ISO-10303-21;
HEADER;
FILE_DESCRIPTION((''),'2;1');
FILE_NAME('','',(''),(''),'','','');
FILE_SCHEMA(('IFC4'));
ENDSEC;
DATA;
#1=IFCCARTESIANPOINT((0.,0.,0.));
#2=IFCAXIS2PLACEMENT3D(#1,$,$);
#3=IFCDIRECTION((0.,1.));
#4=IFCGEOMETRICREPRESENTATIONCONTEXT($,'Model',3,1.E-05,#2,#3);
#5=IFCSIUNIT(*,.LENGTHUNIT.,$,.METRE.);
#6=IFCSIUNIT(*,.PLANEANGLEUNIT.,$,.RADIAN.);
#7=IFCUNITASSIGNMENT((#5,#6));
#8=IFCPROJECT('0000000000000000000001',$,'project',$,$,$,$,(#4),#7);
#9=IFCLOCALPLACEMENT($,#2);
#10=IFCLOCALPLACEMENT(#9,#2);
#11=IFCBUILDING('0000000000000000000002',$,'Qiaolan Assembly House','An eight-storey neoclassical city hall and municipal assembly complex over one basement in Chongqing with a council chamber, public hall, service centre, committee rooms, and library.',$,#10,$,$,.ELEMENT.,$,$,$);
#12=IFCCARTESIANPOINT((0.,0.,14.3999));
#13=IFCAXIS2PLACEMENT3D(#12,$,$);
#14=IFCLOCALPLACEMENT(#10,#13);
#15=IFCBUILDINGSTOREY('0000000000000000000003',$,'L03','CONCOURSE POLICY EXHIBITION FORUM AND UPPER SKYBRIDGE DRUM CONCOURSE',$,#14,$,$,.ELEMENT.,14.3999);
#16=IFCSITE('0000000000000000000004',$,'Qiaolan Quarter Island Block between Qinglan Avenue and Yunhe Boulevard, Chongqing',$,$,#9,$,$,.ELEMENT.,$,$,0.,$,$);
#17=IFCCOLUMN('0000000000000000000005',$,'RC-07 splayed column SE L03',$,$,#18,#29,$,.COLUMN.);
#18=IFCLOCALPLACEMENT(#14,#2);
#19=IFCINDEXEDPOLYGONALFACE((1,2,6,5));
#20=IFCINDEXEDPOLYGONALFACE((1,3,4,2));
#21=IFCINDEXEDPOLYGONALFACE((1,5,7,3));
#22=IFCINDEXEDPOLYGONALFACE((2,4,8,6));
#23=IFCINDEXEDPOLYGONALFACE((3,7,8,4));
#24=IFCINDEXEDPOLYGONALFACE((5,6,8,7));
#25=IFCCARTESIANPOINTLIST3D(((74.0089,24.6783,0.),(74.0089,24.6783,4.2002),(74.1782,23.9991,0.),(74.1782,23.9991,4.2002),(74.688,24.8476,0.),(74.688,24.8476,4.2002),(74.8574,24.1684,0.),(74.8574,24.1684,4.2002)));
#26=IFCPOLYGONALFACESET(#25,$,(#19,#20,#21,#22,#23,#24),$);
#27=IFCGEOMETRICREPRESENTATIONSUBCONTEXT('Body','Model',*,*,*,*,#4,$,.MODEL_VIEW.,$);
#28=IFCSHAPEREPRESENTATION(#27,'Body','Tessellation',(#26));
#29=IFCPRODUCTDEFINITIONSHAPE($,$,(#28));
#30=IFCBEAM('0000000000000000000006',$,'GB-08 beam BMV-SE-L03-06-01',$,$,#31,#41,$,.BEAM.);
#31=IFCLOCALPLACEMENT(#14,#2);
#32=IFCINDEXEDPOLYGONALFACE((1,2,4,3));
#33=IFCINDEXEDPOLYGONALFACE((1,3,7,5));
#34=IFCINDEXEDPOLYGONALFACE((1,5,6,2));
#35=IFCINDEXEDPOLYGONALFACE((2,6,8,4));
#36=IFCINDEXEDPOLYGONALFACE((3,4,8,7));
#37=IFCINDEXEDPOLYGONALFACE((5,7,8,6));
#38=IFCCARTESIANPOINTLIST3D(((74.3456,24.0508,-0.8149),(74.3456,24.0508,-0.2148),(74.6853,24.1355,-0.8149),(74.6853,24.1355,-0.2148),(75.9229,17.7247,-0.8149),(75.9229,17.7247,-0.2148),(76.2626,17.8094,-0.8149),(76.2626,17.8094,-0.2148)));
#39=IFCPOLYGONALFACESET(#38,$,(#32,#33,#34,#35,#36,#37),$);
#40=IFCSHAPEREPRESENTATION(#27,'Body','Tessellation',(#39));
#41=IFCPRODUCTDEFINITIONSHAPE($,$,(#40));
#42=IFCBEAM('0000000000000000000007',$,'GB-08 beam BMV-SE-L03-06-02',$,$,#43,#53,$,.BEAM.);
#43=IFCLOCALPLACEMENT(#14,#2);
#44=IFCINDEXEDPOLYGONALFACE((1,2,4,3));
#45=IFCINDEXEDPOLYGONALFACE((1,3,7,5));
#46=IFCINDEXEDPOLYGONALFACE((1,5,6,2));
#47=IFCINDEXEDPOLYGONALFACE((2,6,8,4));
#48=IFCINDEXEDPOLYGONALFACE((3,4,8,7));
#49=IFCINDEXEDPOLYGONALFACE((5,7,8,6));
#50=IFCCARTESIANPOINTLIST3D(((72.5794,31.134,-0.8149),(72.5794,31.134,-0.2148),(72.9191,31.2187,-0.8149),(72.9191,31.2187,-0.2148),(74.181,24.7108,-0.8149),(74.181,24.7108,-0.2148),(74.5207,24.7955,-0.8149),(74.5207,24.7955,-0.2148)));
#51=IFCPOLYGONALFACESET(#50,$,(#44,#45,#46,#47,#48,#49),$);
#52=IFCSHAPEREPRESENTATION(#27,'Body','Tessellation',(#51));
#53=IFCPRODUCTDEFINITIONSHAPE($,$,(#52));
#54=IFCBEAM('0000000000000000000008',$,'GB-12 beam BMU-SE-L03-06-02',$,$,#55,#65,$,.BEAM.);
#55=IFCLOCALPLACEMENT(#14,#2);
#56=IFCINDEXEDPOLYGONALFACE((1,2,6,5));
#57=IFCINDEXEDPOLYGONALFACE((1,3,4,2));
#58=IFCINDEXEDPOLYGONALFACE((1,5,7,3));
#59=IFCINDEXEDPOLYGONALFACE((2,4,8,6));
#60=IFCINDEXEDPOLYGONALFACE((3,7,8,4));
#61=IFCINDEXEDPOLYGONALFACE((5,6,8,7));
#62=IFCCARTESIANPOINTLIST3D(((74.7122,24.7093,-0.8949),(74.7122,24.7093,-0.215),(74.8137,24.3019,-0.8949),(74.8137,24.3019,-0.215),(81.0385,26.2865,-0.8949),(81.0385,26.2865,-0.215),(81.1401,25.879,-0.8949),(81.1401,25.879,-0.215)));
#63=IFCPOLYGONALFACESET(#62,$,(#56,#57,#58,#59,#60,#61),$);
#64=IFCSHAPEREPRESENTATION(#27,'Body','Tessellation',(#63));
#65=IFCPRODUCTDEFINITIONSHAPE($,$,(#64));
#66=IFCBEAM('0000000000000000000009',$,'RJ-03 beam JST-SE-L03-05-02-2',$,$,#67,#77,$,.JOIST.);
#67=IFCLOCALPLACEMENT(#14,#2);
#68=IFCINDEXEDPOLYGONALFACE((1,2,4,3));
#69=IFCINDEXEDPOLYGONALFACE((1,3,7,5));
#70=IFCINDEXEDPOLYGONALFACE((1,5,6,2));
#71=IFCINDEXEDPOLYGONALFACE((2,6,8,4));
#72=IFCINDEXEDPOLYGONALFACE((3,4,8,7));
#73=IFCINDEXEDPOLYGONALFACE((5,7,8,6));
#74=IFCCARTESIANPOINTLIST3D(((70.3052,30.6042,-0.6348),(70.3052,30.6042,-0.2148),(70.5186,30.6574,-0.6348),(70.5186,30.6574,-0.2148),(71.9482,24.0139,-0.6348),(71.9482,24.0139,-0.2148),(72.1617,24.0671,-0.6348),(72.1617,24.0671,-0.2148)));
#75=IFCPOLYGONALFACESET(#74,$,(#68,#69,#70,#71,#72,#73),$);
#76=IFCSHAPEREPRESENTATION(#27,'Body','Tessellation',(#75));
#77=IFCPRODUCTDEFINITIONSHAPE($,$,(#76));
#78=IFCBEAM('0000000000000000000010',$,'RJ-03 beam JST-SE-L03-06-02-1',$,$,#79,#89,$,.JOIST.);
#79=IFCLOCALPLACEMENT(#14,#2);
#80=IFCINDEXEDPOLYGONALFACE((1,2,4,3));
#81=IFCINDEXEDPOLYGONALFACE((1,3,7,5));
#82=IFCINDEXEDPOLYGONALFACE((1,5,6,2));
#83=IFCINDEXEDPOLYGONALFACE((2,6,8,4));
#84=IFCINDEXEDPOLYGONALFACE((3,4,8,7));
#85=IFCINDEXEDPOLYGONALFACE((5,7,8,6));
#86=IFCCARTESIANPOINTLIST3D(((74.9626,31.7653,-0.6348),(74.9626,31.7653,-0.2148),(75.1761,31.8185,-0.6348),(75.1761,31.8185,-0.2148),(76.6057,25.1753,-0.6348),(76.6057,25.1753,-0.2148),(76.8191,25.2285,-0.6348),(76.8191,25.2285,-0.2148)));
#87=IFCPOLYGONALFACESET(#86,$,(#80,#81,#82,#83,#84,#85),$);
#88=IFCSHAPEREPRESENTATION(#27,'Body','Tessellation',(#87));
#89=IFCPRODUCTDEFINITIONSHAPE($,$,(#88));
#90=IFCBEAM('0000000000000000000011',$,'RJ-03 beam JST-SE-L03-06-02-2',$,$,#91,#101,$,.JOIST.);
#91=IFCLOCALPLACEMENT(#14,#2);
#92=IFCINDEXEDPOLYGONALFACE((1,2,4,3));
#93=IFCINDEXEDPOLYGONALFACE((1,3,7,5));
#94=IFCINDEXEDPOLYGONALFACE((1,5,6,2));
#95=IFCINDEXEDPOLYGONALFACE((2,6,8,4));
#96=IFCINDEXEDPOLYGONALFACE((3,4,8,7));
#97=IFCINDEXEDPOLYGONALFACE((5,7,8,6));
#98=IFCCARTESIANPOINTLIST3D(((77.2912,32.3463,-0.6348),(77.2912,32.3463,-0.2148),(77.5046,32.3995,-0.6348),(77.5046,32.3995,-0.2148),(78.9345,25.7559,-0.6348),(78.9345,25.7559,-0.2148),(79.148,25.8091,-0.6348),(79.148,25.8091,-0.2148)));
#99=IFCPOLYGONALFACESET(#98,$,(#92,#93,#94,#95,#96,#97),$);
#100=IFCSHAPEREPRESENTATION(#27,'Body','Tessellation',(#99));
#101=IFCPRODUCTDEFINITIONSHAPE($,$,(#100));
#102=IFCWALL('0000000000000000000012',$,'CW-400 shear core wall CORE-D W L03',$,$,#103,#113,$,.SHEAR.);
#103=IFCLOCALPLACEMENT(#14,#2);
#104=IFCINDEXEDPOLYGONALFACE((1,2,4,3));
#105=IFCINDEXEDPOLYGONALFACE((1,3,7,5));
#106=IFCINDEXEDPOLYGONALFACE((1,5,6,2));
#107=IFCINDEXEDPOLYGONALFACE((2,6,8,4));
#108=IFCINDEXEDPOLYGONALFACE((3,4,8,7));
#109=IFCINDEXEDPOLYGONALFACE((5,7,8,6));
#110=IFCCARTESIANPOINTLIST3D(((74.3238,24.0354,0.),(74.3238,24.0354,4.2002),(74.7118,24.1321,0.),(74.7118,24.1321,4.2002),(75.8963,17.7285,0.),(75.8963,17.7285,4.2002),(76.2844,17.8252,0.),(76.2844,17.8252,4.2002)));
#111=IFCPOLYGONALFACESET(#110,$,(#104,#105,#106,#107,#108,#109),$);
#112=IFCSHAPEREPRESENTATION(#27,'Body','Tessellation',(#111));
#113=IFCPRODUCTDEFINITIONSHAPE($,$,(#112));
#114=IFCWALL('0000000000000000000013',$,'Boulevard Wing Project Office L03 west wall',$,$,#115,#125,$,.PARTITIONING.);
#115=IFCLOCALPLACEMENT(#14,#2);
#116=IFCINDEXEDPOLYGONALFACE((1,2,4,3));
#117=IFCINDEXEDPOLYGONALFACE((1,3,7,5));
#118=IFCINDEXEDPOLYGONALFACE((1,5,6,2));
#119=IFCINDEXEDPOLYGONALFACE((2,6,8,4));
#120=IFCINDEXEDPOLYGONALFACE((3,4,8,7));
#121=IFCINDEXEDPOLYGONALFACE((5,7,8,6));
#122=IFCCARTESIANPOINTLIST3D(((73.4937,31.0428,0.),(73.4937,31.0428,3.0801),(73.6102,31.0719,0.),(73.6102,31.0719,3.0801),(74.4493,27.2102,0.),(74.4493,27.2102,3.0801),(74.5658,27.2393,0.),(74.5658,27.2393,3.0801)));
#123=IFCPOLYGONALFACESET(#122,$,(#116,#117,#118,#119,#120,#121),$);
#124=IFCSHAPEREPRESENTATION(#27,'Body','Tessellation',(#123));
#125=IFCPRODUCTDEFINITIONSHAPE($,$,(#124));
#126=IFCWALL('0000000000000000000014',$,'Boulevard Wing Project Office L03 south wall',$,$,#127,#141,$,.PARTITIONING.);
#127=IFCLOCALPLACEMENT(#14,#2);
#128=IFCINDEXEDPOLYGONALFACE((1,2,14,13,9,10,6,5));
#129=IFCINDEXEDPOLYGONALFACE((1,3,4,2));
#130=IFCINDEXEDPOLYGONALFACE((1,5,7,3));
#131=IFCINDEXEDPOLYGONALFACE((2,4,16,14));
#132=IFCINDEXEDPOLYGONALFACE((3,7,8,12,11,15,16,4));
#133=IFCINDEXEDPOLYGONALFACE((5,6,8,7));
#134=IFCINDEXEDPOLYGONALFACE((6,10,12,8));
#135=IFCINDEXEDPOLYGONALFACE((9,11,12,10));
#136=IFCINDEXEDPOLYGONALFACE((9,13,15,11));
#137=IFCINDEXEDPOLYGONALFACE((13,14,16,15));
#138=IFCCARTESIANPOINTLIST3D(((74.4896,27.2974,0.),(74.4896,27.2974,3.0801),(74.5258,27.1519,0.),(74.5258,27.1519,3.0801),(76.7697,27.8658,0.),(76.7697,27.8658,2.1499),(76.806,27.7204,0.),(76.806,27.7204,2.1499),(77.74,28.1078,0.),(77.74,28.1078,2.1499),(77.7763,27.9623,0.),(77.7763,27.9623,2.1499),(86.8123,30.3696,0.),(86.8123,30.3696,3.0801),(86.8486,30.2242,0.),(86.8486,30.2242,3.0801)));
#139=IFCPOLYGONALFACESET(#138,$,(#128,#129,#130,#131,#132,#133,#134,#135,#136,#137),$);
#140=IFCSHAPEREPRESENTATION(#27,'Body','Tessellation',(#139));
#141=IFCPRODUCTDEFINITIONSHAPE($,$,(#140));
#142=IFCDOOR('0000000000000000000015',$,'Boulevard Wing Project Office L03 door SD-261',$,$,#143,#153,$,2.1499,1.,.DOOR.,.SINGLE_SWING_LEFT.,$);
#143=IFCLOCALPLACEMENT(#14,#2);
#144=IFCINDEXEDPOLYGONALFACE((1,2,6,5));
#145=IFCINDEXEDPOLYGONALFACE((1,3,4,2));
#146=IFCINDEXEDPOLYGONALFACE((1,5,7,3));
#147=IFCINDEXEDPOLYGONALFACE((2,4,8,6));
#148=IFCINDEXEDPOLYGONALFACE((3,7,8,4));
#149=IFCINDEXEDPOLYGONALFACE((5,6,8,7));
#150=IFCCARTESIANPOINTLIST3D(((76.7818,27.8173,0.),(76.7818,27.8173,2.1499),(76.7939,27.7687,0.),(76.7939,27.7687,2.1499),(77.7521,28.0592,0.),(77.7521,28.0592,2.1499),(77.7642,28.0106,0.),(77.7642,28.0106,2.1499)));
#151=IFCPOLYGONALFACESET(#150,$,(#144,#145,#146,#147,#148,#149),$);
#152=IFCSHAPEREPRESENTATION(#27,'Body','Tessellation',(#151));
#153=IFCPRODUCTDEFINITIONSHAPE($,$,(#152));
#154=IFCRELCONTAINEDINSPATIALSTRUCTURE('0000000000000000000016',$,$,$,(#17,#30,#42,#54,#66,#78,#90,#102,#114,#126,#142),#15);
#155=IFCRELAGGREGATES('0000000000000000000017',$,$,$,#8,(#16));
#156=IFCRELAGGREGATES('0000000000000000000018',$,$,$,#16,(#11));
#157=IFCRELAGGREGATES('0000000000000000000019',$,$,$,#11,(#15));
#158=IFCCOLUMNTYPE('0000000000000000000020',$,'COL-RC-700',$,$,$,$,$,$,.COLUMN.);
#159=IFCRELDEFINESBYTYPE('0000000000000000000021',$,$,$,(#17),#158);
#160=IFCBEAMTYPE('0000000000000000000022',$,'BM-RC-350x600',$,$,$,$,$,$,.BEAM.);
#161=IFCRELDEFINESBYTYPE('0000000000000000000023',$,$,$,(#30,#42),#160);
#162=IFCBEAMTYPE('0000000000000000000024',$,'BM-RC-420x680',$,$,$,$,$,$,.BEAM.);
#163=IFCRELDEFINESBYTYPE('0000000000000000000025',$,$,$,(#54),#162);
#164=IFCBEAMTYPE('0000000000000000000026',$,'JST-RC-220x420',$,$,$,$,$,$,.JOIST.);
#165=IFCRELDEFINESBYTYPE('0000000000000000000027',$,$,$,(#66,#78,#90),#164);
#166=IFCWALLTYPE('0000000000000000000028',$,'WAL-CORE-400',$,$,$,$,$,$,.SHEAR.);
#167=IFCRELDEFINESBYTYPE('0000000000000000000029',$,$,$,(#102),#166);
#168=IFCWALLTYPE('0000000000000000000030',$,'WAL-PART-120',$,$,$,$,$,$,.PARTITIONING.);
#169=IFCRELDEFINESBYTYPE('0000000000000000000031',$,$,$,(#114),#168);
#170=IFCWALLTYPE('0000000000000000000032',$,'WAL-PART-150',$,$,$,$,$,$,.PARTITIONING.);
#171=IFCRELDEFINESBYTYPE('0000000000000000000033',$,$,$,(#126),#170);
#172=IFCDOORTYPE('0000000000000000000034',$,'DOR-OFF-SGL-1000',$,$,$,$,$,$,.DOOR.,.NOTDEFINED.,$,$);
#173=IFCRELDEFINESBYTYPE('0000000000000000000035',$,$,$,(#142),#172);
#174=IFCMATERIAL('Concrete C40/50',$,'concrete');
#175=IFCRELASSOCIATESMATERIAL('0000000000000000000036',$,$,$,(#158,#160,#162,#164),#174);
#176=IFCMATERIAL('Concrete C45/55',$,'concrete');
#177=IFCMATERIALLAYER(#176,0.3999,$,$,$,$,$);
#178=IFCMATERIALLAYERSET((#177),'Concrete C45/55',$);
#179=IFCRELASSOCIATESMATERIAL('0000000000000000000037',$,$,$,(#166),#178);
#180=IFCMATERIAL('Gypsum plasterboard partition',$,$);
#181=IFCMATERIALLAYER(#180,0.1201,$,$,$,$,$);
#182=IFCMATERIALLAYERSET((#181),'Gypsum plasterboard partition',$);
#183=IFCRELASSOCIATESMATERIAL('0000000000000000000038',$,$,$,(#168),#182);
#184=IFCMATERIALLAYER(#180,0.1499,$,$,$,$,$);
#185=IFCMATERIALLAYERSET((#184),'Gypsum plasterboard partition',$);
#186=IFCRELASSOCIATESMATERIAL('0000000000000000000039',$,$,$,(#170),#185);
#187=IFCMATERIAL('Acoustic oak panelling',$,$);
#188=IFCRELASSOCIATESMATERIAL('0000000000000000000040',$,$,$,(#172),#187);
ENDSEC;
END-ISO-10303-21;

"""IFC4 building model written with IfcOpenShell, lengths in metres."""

from ifc_helpers import new_model, si_unit, direction, frame, frame_2d, origin, origin_2d, place, context, subcontext, project, spatial, rectangle, extrude, material, layer, layer_set, material_profile, profile_set, type_object, element, fill, save


model = new_model("IFC4")

# Units and contexts
model_context = context("Model", 3, precision=1e-05, world=origin(), true_north=direction((0.0, 1.0)))
body_context = subcontext(model_context, "Body", "Model", "MODEL_VIEW")
ifc_project = project(units=[si_unit("LENGTHUNIT", "METRE"), si_unit("PLANEANGLEUNIT", "RADIAN")], contexts=[model_context])

# Site, building, storey
site_placement = place(None, origin())
site = spatial("IfcSite", under=ifc_project, at=site_placement, Name="Qiaolan Quarter Island Block between Qinglan Avenue and Yunhe Boulevard, Chongqing", CompositionType="ELEMENT", RefElevation=0.0)
building_placement = place(site_placement, origin())
building = spatial("IfcBuilding", under=site, at=building_placement, Name="Qiaolan Assembly House", Description="An eight-storey neoclassical city hall and municipal assembly complex over one basement in Chongqing with a council chamber, public hall, service centre, committee rooms, and library.", CompositionType="ELEMENT")
storey_placement = place(building_placement, frame((0.0, 0.0, 14.3999)))
storey = spatial("IfcBuildingStorey", under=building, at=storey_placement, Name="L03", Description="CONCOURSE POLICY EXHIBITION FORUM AND UPPER SKYBRIDGE DRUM CONCOURSE", CompositionType="ELEMENT", Elevation=14.3999)

# Column
ifc_material_1 = material(Name="Concrete C40/50", Category="concrete")
ifc_material_profile_1 = material_profile(ifc_material_1, rectangle(XDim=0.7, YDim=0.7, at=origin_2d()), Name="RC 700x700")
ifc_profile_set_1 = profile_set([ifc_material_profile_1], Name="Concrete C40/50")
column_type = type_object("IfcColumnType", Name="COL-RC-700", PredefinedType="COLUMN", material=ifc_profile_set_1)
column_placement = place(storey_placement, frame((74.4331, 24.4233, 0.0), z_axis=(0.0, 0.0, 1.0), x_axis=(0.970296, 0.241922, 0.0)))
element("IfcColumn", 1, at=column_placement, inside=storey, type_object=column_type, Name="RC-07 splayed column SE L03", PredefinedType="COLUMN", context=body_context, shape_type="SweptSolid", body=[
    extrude(rectangle(XDim=0.7, YDim=0.7, at=origin_2d()), origin(), (0.0, 0.0, 1.0), 4.2002),
])

# Beams
ifc_material_profile_2 = material_profile(ifc_material_1, rectangle(XDim=0.3501, YDim=0.6001, at=origin_2d()), Name="RCB 350x600")
ifc_profile_set_2 = profile_set([ifc_material_profile_2], Name="Concrete C40/50")
beam_type_1 = type_object("IfcBeamType", Name="BM-RC-350x600", PredefinedType="BEAM", material=ifc_profile_set_2)
beam_1_placement = place(storey_placement, frame((76.0928, 17.7671, -0.5149), z_axis=(-0.241936, 0.970292, 0.0), x_axis=(-0.970292, -0.241936, 0.0)))
element("IfcBeam", 2, at=beam_1_placement, inside=storey, type_object=beam_type_1, Name="GB-08 beam BMV-SE-L03-06-01", PredefinedType="BEAM", context=body_context, shape_type="SweptSolid", body=[
    extrude(rectangle(XDim=0.3501, YDim=0.6001, at=origin_2d()), origin(), (0.0, 0.0, 1.0), 6.5198),
])
beam_2_placement = place(storey_placement, frame((74.3508, 24.7532, -0.5149), z_axis=(-0.241928, 0.970294, 0.0), x_axis=(-0.970294, -0.241928, 0.0)))
element("IfcBeam", 3, at=beam_2_placement, inside=storey, type_object=beam_type_1, Name="GB-08 beam BMV-SE-L03-06-02", PredefinedType="BEAM", context=body_context, shape_type="SweptSolid", body=[
    extrude(rectangle(XDim=0.3501, YDim=0.6001, at=origin_2d()), origin(), (0.0, 0.0, 1.0), 6.6199),
])
ifc_material_profile_3 = material_profile(ifc_material_1, rectangle(XDim=0.4199, YDim=0.6799, at=origin_2d()), Name="RCB 420x680")
ifc_profile_set_3 = profile_set([ifc_material_profile_3], Name="Concrete C40/50")
beam_type_2 = type_object("IfcBeamType", Name="BM-RC-420x680", PredefinedType="BEAM", material=ifc_profile_set_3)
beam_3_placement = place(storey_placement, frame((74.7629, 24.5056, -0.5549), z_axis=(0.970303, 0.241892, 0.0), x_axis=(-0.241892, 0.970303, 0.0)))
element("IfcBeam", 4, at=beam_3_placement, inside=storey, type_object=beam_type_2, Name="GB-12 beam BMU-SE-L03-06-02", PredefinedType="BEAM", context=body_context, shape_type="SweptSolid", body=[
    extrude(rectangle(XDim=0.4199, YDim=0.6799, at=origin_2d()), origin(), (0.0, 0.0, 1.0), 6.52),
])
ifc_material_profile_4 = material_profile(ifc_material_1, rectangle(XDim=0.22, YDim=0.4199, at=origin_2d()), Name="RCB 220x420")
ifc_profile_set_4 = profile_set([ifc_material_profile_4], Name="Concrete C40/50")
beam_type_3 = type_object("IfcBeamType", Name="JST-RC-220x420", PredefinedType="JOIST", material=ifc_profile_set_4)
beam_4_placement = place(storey_placement, frame((72.0549, 24.0405, -0.4248), z_axis=(-0.24191, 0.970299, 0.0), x_axis=(-0.970299, -0.24191, 0.0)))
element("IfcBeam", 5, at=beam_4_placement, inside=storey, type_object=beam_type_3, Name="RJ-03 beam JST-SE-L03-05-02-2", PredefinedType="JOIST", context=body_context, shape_type="SweptSolid", body=[
    extrude(rectangle(XDim=0.22, YDim=0.4199, at=origin_2d()), origin(), (0.0, 0.0, 1.0), 6.792),
])
beam_5_placement = place(storey_placement, frame((76.7124, 25.2019, -0.4248), z_axis=(-0.241918, 0.970297, 0.0), x_axis=(-0.970297, -0.241918, 0.0)))
element("IfcBeam", 6, at=beam_5_placement, inside=storey, type_object=beam_type_3, Name="RJ-03 beam JST-SE-L03-06-02-1", PredefinedType="JOIST", context=body_context, shape_type="SweptSolid", body=[
    extrude(rectangle(XDim=0.22, YDim=0.4199, at=origin_2d()), origin(), (0.0, 0.0, 1.0), 6.7917),
])
beam_6_placement = place(storey_placement, frame((79.0413, 25.7825, -0.4248), z_axis=(-0.241944, 0.97029, 0.0), x_axis=(-0.97029, -0.241944, 0.0)))
element("IfcBeam", 7, at=beam_6_placement, inside=storey, type_object=beam_type_3, Name="RJ-03 beam JST-SE-L03-06-02-2", PredefinedType="JOIST", context=body_context, shape_type="SweptSolid", body=[
    extrude(rectangle(XDim=0.22, YDim=0.4199, at=origin_2d()), origin(), (0.0, 0.0, 1.0), 6.7922),
])

# Walls
ifc_material_2 = material(Name="Concrete C45/55", Category="concrete")
ifc_layer_1 = layer(ifc_material_2, 0.3999)
ifc_layer_set_1 = layer_set([ifc_layer_1], Name="Concrete C45/55")
wall_type_1 = type_object("IfcWallType", Name="WAL-CORE-400", PredefinedType="SHEAR", material=ifc_layer_set_1)
wall_1_placement = place(storey_placement, frame((74.5178, 24.0837, 0.0), z_axis=(0.0, 0.0, 1.0), x_axis=(0.241926, -0.970295, 0.0)))
element("IfcWall", 8, at=wall_1_placement, inside=storey, type_object=wall_type_1, Name="CW-400 shear core wall CORE-D W L03", PredefinedType="SHEAR", context=body_context, shape_type="SweptSolid", body=[
    extrude(rectangle(XDim=6.5, YDim=0.3999, at=frame_2d((3.25, 0.0))), origin(), (0.0, 0.0, 1.0), 4.2002),
])
ifc_material_3 = material(Name="Gypsum plasterboard partition")
ifc_layer_2 = layer(ifc_material_3, 0.1201)
ifc_layer_set_2 = layer_set([ifc_layer_2], Name="Gypsum plasterboard partition")
wall_type_2 = type_object("IfcWallType", Name="WAL-PART-120", PredefinedType="PARTITIONING", material=ifc_layer_set_2)
wall_2_placement = place(storey_placement, frame((74.5076, 27.2246, 0.0), z_axis=(0.0, 0.0, 1.0), x_axis=(-0.241925, 0.970295, 0.0)))
element("IfcWall", 9, at=wall_2_placement, inside=storey, type_object=wall_type_2, Name="Boulevard Wing Project Office L03 west wall", PredefinedType="PARTITIONING", context=body_context, shape_type="SweptSolid", body=[
    extrude(rectangle(XDim=3.95, YDim=0.1201, at=frame_2d((1.9751, 0.0))), origin(), (0.0, 0.0, 1.0), 3.0801),
])

# Wall, opening, door
ifc_layer_3 = layer(ifc_material_3, 0.1499)
ifc_layer_set_3 = layer_set([ifc_layer_3], Name="Gypsum plasterboard partition")
wall_type_3 = type_object("IfcWallType", Name="WAL-PART-150", PredefinedType="PARTITIONING", material=ifc_layer_set_3)
wall_3_placement = place(storey_placement, frame((74.5076, 27.2246, 0.0), z_axis=(0.0, 0.0, 1.0), x_axis=(0.970298, 0.241911, 0.0)))
wall_3 = element("IfcWall", 10, at=wall_3_placement, inside=storey, type_object=wall_type_3, Name="Boulevard Wing Project Office L03 south wall", PredefinedType="PARTITIONING", context=body_context, shape_type="SweptSolid", body=[
    extrude(rectangle(XDim=12.7, YDim=0.1499, at=frame_2d((6.3501, 0.0))), origin(), (0.0, 0.0, 1.0), 3.0801),
])
opening_1_placement = place(wall_3_placement, frame((2.3501, 0.0, 0.0)))
opening_1 = element("IfcOpeningElement", 11, at=opening_1_placement, cuts=wall_3, PredefinedType="OPENING", context=body_context, shape_type="SweptSolid", body=[
    extrude(rectangle(XDim=1.0, YDim=2.1499, at=frame_2d((0.5, 1.075))), frame((0.0, 0.085, 0.0), z_axis=(0.0, -1.0, 0.0), x_axis=(1.0, 0.0, 0.0)), (0.0, 0.0, 1.0), 0.1699),
])
ifc_material_4 = material(Name="Acoustic oak panelling")
door_type_1 = type_object("IfcDoorType", Name="DOR-OFF-SGL-1000", OperationType="NOTDEFINED", PredefinedType="DOOR", material=ifc_material_4)
door_1_placement = place(opening_1_placement, origin())
door_1 = element("IfcDoor", 12, at=door_1_placement, inside=storey, type_object=door_type_1, Name="Boulevard Wing Project Office L03 door SD-261", OperationType="SINGLE_SWING_LEFT", OverallHeight=2.1499, OverallWidth=1.0, PredefinedType="DOOR", context=body_context, shape_type="SweptSolid", body=[
    extrude(rectangle(XDim=1.0, YDim=2.1499, at=frame_2d((0.5, 1.075))), frame((0.0, 0.0249, 0.0), z_axis=(0.0, -1.0, 0.0), x_axis=(1.0, 0.0, 0.0)), (0.0, 0.0, 1.0), 0.05),
])
fill(opening_1, door_1)

save(model, "model.ifc")
